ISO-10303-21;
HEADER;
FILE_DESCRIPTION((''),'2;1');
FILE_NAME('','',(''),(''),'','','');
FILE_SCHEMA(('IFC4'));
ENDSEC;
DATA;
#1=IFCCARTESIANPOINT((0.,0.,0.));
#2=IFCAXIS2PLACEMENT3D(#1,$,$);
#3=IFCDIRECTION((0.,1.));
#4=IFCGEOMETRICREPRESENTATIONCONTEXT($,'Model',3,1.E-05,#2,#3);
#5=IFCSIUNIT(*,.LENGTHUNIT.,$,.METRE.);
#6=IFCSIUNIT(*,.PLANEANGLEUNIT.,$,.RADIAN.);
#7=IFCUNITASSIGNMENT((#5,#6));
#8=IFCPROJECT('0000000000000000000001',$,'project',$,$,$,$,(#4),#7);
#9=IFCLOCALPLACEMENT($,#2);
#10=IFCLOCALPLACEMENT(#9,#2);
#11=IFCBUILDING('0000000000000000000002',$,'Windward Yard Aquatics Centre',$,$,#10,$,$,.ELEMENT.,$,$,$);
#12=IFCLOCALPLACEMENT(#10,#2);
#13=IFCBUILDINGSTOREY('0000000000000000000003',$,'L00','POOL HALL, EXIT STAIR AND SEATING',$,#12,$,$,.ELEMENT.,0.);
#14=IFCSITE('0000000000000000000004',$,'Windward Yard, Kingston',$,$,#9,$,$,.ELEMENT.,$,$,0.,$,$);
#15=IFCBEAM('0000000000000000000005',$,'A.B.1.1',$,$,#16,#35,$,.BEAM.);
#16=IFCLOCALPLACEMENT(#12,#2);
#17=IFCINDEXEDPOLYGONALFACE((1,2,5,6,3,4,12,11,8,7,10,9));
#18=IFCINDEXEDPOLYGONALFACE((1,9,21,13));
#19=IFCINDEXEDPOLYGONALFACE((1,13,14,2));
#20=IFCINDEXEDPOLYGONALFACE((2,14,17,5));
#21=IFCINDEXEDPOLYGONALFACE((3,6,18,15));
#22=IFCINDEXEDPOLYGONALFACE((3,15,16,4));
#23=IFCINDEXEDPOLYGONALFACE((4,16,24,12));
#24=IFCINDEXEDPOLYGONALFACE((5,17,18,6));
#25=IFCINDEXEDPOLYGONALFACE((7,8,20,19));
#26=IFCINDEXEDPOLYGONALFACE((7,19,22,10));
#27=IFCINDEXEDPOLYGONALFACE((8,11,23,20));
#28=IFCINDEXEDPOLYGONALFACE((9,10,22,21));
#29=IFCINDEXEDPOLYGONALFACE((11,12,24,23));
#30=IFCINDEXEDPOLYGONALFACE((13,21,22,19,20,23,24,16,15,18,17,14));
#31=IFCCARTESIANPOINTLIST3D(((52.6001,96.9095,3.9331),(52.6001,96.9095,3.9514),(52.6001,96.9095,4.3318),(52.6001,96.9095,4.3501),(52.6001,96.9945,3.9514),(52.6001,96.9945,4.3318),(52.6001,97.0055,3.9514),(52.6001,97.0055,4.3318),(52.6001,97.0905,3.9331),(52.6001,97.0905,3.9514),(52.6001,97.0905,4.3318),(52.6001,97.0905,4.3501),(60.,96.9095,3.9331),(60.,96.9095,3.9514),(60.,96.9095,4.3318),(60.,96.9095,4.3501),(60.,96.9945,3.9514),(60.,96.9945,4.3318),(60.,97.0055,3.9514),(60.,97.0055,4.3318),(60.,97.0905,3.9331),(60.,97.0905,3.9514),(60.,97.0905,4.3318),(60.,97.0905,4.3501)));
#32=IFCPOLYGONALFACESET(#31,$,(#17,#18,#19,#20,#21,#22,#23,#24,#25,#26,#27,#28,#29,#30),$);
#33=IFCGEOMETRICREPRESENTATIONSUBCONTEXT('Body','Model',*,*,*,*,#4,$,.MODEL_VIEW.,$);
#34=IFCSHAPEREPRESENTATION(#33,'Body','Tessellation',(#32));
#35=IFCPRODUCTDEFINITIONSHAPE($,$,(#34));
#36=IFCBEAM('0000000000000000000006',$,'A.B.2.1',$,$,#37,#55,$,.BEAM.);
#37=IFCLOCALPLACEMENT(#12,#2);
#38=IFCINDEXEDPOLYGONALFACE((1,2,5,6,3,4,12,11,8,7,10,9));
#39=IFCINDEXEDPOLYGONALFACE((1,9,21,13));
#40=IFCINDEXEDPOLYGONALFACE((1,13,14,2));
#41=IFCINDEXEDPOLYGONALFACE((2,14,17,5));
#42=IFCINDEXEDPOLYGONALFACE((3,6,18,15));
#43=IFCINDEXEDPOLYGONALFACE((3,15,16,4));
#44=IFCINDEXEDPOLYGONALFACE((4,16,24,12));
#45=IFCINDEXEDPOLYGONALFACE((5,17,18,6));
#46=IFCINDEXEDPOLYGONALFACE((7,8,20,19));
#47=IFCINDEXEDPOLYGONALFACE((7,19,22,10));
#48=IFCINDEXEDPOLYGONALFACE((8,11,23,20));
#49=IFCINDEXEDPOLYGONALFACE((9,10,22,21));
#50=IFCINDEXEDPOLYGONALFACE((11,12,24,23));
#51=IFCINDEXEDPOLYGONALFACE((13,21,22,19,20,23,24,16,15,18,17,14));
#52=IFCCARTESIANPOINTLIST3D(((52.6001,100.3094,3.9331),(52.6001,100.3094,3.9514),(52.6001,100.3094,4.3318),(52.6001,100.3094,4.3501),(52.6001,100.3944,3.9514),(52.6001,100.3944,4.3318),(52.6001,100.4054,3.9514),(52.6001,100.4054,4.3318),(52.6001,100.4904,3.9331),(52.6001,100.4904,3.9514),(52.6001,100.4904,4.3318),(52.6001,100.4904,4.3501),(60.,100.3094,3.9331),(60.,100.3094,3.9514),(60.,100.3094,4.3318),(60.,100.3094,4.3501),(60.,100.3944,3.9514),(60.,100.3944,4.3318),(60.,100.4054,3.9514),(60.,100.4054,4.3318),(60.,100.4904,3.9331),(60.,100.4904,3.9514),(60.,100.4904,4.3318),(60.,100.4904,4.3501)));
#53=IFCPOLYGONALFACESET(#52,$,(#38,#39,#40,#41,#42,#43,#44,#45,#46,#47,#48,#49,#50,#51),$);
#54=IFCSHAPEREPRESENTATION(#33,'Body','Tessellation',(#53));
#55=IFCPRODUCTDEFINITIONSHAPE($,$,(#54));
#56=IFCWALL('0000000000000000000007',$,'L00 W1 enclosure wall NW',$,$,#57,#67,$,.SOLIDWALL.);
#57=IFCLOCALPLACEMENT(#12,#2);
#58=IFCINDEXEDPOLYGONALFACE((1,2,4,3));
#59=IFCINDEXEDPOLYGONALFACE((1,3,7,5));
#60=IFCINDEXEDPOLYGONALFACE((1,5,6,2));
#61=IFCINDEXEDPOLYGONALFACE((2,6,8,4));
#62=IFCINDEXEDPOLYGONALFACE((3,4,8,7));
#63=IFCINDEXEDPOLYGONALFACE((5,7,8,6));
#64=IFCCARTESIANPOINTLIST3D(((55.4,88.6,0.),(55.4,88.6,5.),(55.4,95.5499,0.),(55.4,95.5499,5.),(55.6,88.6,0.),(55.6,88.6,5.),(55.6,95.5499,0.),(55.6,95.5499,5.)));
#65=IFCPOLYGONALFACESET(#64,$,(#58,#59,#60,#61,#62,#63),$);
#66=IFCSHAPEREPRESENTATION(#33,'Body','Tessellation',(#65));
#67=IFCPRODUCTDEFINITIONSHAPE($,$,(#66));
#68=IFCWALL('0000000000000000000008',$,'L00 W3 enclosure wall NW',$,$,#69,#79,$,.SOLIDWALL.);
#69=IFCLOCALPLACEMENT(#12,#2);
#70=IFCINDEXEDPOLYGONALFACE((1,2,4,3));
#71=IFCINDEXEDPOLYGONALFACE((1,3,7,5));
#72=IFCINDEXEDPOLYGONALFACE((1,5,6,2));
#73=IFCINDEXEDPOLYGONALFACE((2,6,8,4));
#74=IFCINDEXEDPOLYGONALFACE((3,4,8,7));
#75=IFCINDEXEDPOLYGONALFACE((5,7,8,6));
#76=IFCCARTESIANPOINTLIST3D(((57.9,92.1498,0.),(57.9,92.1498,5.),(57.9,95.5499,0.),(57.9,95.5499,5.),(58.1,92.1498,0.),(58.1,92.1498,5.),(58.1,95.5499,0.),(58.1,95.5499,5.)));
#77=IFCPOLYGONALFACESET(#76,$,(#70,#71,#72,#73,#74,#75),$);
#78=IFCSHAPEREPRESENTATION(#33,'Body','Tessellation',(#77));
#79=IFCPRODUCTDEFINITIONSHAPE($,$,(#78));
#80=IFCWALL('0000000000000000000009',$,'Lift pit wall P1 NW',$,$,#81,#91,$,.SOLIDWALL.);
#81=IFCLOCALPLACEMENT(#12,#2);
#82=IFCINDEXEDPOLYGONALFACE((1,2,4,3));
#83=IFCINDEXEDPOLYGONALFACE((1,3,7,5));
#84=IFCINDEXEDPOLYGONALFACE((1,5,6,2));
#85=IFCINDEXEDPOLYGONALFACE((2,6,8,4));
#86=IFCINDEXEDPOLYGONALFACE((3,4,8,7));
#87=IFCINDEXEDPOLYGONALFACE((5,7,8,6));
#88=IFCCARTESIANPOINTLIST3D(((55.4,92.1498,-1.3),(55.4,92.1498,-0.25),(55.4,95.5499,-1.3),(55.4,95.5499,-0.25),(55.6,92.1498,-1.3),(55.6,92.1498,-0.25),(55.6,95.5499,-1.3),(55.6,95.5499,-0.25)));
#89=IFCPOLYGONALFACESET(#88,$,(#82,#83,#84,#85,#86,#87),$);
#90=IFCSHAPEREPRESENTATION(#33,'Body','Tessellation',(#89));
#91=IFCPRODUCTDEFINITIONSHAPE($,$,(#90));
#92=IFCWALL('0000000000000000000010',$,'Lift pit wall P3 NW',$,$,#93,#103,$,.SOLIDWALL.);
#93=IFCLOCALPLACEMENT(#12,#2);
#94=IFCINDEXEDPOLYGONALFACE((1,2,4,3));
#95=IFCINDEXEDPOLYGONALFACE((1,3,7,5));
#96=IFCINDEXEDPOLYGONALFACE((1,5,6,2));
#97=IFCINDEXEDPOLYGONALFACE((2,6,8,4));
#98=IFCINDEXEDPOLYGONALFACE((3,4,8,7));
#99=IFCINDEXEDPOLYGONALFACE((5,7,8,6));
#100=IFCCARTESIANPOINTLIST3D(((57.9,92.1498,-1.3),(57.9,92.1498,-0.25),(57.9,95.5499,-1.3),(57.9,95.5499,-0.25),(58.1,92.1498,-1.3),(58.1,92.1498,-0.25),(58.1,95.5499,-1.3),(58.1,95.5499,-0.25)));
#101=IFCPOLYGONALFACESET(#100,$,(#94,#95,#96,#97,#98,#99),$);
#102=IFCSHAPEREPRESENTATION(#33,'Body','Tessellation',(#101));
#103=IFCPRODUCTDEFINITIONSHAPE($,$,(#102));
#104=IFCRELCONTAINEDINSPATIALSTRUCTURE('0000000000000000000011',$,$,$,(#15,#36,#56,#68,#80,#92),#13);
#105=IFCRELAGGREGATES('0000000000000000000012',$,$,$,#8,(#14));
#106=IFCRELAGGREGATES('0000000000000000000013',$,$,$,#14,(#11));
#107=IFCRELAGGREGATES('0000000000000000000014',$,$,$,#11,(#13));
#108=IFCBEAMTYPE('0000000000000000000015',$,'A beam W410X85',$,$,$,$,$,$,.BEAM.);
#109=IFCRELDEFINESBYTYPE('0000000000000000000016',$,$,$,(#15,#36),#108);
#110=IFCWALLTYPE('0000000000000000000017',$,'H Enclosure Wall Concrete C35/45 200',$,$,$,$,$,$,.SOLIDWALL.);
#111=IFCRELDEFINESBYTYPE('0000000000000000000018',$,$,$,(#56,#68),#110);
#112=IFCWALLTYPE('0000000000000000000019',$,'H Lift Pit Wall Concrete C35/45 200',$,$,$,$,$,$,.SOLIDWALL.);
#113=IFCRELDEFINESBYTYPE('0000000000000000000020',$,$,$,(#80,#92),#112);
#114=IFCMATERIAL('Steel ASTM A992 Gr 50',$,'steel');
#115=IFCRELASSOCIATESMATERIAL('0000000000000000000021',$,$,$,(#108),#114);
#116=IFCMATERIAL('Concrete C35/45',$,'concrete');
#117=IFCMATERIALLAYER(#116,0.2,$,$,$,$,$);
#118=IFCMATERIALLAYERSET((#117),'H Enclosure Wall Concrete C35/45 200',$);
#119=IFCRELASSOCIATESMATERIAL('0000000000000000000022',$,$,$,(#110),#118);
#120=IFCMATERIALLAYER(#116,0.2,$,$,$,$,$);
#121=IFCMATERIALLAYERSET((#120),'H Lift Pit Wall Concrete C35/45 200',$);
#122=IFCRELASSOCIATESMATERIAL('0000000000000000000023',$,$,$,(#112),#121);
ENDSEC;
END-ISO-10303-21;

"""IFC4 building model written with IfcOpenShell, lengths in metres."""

from ifc_helpers import new_model, si_unit, direction, frame, frame_2d, origin, origin_2d, place, context, subcontext, project, spatial, rectangle, i_section, extrude, material, layer, layer_set, material_profile, profile_set, type_object, element, save


model = new_model("IFC4")

# Units and contexts
model_context = context("Model", 3, precision=1e-05, world=origin(), true_north=direction((0.0, 1.0)))
body_context = subcontext(model_context, "Body", "Model", "MODEL_VIEW")
ifc_project = project(units=[si_unit("LENGTHUNIT", "METRE"), si_unit("PLANEANGLEUNIT", "RADIAN")], contexts=[model_context])

# Site, building, storey
site_placement = place(None, origin())
site = spatial("IfcSite", under=ifc_project, at=site_placement, Name="Windward Yard, Kingston", CompositionType="ELEMENT", RefElevation=0.0)
building_placement = place(site_placement, origin())
building = spatial("IfcBuilding", under=site, at=building_placement, Name="Windward Yard Aquatics Centre", CompositionType="ELEMENT")
storey_placement = place(building_placement, origin())
storey = spatial("IfcBuildingStorey", under=building, at=storey_placement, Name="L00", Description="POOL HALL, EXIT STAIR AND SEATING", CompositionType="ELEMENT", Elevation=0.0)

# Shared definitions
ifc_material_1 = material(Name="Concrete C35/45", Category="concrete")

# Beams
ifc_material_2 = material(Name="Steel ASTM A992 Gr 50", Category="steel")
ifc_material_profile_1 = material_profile(ifc_material_2, i_section(OverallWidth=0.1809, OverallDepth=0.417, WebThickness=0.011, FlangeThickness=0.0183, at=origin_2d()), Name="W410X85")
ifc_profile_set_1 = profile_set([ifc_material_profile_1], Name="Steel ASTM A992 Gr 50")
beam_type = type_object("IfcBeamType", Name="A beam W410X85", PredefinedType="BEAM", material=ifc_profile_set_1)
for number, where, z_axis, x_axis, name in (
    (1, (52.6001, 97.0, 4.1416), (1.0, 0.0, 0.0), (0.0, 1.0, 0.0), "A.B.1.1"),
    (2, (52.6001, 100.3999, 4.1416), (1.0, 0.0, 0.0), (0.0, 1.0, 0.0), "A.B.2.1"),
):
    element("IfcBeam", number, at=place(storey_placement, frame(where, z_axis=z_axis, x_axis=x_axis)), inside=storey, type_object=beam_type, Name=name, PredefinedType="BEAM", context=body_context, shape_type="SweptSolid", body=[
        extrude(i_section(OverallWidth=0.1809, OverallDepth=0.417, WebThickness=0.011, FlangeThickness=0.0183, at=origin_2d()), origin(), (0.0, 0.0, 1.0), 7.3999),
    ])

# Walls
ifc_layer_1 = layer(ifc_material_1, 0.2)
ifc_layer_set_1 = layer_set([ifc_layer_1], Name="H Enclosure Wall Concrete C35/45 200")
wall_type_1 = type_object("IfcWallType", Name="H Enclosure Wall Concrete C35/45 200", PredefinedType="SOLIDWALL", material=ifc_layer_set_1)
wall_1_placement = place(storey_placement, frame((55.5, 95.55, 0.0), z_axis=(0.0, 0.0, 1.0), x_axis=(0.0, -1.0, 0.0)))
element("IfcWall", 3, at=wall_1_placement, inside=storey, type_object=wall_type_1, Name="L00 W1 enclosure wall NW", PredefinedType="SOLIDWALL", context=body_context, shape_type="SweptSolid", body=[
    extrude(rectangle(XDim=6.95, YDim=0.2, at=frame_2d((3.4751, 0.0))), origin(), (0.0, 0.0, 1.0), 5.0),
])
wall_2_placement = place(storey_placement, frame((58.0, 95.55, 0.0), z_axis=(0.0, 0.0, 1.0), x_axis=(0.0, -1.0, 0.0)))
element("IfcWall", 4, at=wall_2_placement, inside=storey, type_object=wall_type_1, Name="L00 W3 enclosure wall NW", PredefinedType="SOLIDWALL", context=body_context, shape_type="SweptSolid", body=[
    extrude(rectangle(XDim=3.4001, YDim=0.2, at=frame_2d((1.7002, 0.0))), origin(), (0.0, 0.0, 1.0), 5.0),
])
ifc_layer_2 = layer(ifc_material_1, 0.2)
ifc_layer_set_2 = layer_set([ifc_layer_2], Name="H Lift Pit Wall Concrete C35/45 200")
wall_type_2 = type_object("IfcWallType", Name="H Lift Pit Wall Concrete C35/45 200", PredefinedType="SOLIDWALL", material=ifc_layer_set_2)
for number, where, z_axis, x_axis, name in (
    (5, (55.5, 95.55, -1.3), (0.0, 0.0, 1.0), (0.0, -1.0, 0.0), "Lift pit wall P1 NW"),
    (6, (58.0, 95.55, -1.3), (0.0, 0.0, 1.0), (0.0, -1.0, 0.0), "Lift pit wall P3 NW"),
):
    element("IfcWall", number, at=place(storey_placement, frame(where, z_axis=z_axis, x_axis=x_axis)), inside=storey, type_object=wall_type_2, Name=name, PredefinedType="SOLIDWALL", context=body_context, shape_type="SweptSolid", body=[
        extrude(rectangle(XDim=3.4001, YDim=0.2, at=frame_2d((1.7002, 0.0))), origin(), (0.0, 0.0, 1.0), 1.05),
    ])

save(model, "model.ifc")
